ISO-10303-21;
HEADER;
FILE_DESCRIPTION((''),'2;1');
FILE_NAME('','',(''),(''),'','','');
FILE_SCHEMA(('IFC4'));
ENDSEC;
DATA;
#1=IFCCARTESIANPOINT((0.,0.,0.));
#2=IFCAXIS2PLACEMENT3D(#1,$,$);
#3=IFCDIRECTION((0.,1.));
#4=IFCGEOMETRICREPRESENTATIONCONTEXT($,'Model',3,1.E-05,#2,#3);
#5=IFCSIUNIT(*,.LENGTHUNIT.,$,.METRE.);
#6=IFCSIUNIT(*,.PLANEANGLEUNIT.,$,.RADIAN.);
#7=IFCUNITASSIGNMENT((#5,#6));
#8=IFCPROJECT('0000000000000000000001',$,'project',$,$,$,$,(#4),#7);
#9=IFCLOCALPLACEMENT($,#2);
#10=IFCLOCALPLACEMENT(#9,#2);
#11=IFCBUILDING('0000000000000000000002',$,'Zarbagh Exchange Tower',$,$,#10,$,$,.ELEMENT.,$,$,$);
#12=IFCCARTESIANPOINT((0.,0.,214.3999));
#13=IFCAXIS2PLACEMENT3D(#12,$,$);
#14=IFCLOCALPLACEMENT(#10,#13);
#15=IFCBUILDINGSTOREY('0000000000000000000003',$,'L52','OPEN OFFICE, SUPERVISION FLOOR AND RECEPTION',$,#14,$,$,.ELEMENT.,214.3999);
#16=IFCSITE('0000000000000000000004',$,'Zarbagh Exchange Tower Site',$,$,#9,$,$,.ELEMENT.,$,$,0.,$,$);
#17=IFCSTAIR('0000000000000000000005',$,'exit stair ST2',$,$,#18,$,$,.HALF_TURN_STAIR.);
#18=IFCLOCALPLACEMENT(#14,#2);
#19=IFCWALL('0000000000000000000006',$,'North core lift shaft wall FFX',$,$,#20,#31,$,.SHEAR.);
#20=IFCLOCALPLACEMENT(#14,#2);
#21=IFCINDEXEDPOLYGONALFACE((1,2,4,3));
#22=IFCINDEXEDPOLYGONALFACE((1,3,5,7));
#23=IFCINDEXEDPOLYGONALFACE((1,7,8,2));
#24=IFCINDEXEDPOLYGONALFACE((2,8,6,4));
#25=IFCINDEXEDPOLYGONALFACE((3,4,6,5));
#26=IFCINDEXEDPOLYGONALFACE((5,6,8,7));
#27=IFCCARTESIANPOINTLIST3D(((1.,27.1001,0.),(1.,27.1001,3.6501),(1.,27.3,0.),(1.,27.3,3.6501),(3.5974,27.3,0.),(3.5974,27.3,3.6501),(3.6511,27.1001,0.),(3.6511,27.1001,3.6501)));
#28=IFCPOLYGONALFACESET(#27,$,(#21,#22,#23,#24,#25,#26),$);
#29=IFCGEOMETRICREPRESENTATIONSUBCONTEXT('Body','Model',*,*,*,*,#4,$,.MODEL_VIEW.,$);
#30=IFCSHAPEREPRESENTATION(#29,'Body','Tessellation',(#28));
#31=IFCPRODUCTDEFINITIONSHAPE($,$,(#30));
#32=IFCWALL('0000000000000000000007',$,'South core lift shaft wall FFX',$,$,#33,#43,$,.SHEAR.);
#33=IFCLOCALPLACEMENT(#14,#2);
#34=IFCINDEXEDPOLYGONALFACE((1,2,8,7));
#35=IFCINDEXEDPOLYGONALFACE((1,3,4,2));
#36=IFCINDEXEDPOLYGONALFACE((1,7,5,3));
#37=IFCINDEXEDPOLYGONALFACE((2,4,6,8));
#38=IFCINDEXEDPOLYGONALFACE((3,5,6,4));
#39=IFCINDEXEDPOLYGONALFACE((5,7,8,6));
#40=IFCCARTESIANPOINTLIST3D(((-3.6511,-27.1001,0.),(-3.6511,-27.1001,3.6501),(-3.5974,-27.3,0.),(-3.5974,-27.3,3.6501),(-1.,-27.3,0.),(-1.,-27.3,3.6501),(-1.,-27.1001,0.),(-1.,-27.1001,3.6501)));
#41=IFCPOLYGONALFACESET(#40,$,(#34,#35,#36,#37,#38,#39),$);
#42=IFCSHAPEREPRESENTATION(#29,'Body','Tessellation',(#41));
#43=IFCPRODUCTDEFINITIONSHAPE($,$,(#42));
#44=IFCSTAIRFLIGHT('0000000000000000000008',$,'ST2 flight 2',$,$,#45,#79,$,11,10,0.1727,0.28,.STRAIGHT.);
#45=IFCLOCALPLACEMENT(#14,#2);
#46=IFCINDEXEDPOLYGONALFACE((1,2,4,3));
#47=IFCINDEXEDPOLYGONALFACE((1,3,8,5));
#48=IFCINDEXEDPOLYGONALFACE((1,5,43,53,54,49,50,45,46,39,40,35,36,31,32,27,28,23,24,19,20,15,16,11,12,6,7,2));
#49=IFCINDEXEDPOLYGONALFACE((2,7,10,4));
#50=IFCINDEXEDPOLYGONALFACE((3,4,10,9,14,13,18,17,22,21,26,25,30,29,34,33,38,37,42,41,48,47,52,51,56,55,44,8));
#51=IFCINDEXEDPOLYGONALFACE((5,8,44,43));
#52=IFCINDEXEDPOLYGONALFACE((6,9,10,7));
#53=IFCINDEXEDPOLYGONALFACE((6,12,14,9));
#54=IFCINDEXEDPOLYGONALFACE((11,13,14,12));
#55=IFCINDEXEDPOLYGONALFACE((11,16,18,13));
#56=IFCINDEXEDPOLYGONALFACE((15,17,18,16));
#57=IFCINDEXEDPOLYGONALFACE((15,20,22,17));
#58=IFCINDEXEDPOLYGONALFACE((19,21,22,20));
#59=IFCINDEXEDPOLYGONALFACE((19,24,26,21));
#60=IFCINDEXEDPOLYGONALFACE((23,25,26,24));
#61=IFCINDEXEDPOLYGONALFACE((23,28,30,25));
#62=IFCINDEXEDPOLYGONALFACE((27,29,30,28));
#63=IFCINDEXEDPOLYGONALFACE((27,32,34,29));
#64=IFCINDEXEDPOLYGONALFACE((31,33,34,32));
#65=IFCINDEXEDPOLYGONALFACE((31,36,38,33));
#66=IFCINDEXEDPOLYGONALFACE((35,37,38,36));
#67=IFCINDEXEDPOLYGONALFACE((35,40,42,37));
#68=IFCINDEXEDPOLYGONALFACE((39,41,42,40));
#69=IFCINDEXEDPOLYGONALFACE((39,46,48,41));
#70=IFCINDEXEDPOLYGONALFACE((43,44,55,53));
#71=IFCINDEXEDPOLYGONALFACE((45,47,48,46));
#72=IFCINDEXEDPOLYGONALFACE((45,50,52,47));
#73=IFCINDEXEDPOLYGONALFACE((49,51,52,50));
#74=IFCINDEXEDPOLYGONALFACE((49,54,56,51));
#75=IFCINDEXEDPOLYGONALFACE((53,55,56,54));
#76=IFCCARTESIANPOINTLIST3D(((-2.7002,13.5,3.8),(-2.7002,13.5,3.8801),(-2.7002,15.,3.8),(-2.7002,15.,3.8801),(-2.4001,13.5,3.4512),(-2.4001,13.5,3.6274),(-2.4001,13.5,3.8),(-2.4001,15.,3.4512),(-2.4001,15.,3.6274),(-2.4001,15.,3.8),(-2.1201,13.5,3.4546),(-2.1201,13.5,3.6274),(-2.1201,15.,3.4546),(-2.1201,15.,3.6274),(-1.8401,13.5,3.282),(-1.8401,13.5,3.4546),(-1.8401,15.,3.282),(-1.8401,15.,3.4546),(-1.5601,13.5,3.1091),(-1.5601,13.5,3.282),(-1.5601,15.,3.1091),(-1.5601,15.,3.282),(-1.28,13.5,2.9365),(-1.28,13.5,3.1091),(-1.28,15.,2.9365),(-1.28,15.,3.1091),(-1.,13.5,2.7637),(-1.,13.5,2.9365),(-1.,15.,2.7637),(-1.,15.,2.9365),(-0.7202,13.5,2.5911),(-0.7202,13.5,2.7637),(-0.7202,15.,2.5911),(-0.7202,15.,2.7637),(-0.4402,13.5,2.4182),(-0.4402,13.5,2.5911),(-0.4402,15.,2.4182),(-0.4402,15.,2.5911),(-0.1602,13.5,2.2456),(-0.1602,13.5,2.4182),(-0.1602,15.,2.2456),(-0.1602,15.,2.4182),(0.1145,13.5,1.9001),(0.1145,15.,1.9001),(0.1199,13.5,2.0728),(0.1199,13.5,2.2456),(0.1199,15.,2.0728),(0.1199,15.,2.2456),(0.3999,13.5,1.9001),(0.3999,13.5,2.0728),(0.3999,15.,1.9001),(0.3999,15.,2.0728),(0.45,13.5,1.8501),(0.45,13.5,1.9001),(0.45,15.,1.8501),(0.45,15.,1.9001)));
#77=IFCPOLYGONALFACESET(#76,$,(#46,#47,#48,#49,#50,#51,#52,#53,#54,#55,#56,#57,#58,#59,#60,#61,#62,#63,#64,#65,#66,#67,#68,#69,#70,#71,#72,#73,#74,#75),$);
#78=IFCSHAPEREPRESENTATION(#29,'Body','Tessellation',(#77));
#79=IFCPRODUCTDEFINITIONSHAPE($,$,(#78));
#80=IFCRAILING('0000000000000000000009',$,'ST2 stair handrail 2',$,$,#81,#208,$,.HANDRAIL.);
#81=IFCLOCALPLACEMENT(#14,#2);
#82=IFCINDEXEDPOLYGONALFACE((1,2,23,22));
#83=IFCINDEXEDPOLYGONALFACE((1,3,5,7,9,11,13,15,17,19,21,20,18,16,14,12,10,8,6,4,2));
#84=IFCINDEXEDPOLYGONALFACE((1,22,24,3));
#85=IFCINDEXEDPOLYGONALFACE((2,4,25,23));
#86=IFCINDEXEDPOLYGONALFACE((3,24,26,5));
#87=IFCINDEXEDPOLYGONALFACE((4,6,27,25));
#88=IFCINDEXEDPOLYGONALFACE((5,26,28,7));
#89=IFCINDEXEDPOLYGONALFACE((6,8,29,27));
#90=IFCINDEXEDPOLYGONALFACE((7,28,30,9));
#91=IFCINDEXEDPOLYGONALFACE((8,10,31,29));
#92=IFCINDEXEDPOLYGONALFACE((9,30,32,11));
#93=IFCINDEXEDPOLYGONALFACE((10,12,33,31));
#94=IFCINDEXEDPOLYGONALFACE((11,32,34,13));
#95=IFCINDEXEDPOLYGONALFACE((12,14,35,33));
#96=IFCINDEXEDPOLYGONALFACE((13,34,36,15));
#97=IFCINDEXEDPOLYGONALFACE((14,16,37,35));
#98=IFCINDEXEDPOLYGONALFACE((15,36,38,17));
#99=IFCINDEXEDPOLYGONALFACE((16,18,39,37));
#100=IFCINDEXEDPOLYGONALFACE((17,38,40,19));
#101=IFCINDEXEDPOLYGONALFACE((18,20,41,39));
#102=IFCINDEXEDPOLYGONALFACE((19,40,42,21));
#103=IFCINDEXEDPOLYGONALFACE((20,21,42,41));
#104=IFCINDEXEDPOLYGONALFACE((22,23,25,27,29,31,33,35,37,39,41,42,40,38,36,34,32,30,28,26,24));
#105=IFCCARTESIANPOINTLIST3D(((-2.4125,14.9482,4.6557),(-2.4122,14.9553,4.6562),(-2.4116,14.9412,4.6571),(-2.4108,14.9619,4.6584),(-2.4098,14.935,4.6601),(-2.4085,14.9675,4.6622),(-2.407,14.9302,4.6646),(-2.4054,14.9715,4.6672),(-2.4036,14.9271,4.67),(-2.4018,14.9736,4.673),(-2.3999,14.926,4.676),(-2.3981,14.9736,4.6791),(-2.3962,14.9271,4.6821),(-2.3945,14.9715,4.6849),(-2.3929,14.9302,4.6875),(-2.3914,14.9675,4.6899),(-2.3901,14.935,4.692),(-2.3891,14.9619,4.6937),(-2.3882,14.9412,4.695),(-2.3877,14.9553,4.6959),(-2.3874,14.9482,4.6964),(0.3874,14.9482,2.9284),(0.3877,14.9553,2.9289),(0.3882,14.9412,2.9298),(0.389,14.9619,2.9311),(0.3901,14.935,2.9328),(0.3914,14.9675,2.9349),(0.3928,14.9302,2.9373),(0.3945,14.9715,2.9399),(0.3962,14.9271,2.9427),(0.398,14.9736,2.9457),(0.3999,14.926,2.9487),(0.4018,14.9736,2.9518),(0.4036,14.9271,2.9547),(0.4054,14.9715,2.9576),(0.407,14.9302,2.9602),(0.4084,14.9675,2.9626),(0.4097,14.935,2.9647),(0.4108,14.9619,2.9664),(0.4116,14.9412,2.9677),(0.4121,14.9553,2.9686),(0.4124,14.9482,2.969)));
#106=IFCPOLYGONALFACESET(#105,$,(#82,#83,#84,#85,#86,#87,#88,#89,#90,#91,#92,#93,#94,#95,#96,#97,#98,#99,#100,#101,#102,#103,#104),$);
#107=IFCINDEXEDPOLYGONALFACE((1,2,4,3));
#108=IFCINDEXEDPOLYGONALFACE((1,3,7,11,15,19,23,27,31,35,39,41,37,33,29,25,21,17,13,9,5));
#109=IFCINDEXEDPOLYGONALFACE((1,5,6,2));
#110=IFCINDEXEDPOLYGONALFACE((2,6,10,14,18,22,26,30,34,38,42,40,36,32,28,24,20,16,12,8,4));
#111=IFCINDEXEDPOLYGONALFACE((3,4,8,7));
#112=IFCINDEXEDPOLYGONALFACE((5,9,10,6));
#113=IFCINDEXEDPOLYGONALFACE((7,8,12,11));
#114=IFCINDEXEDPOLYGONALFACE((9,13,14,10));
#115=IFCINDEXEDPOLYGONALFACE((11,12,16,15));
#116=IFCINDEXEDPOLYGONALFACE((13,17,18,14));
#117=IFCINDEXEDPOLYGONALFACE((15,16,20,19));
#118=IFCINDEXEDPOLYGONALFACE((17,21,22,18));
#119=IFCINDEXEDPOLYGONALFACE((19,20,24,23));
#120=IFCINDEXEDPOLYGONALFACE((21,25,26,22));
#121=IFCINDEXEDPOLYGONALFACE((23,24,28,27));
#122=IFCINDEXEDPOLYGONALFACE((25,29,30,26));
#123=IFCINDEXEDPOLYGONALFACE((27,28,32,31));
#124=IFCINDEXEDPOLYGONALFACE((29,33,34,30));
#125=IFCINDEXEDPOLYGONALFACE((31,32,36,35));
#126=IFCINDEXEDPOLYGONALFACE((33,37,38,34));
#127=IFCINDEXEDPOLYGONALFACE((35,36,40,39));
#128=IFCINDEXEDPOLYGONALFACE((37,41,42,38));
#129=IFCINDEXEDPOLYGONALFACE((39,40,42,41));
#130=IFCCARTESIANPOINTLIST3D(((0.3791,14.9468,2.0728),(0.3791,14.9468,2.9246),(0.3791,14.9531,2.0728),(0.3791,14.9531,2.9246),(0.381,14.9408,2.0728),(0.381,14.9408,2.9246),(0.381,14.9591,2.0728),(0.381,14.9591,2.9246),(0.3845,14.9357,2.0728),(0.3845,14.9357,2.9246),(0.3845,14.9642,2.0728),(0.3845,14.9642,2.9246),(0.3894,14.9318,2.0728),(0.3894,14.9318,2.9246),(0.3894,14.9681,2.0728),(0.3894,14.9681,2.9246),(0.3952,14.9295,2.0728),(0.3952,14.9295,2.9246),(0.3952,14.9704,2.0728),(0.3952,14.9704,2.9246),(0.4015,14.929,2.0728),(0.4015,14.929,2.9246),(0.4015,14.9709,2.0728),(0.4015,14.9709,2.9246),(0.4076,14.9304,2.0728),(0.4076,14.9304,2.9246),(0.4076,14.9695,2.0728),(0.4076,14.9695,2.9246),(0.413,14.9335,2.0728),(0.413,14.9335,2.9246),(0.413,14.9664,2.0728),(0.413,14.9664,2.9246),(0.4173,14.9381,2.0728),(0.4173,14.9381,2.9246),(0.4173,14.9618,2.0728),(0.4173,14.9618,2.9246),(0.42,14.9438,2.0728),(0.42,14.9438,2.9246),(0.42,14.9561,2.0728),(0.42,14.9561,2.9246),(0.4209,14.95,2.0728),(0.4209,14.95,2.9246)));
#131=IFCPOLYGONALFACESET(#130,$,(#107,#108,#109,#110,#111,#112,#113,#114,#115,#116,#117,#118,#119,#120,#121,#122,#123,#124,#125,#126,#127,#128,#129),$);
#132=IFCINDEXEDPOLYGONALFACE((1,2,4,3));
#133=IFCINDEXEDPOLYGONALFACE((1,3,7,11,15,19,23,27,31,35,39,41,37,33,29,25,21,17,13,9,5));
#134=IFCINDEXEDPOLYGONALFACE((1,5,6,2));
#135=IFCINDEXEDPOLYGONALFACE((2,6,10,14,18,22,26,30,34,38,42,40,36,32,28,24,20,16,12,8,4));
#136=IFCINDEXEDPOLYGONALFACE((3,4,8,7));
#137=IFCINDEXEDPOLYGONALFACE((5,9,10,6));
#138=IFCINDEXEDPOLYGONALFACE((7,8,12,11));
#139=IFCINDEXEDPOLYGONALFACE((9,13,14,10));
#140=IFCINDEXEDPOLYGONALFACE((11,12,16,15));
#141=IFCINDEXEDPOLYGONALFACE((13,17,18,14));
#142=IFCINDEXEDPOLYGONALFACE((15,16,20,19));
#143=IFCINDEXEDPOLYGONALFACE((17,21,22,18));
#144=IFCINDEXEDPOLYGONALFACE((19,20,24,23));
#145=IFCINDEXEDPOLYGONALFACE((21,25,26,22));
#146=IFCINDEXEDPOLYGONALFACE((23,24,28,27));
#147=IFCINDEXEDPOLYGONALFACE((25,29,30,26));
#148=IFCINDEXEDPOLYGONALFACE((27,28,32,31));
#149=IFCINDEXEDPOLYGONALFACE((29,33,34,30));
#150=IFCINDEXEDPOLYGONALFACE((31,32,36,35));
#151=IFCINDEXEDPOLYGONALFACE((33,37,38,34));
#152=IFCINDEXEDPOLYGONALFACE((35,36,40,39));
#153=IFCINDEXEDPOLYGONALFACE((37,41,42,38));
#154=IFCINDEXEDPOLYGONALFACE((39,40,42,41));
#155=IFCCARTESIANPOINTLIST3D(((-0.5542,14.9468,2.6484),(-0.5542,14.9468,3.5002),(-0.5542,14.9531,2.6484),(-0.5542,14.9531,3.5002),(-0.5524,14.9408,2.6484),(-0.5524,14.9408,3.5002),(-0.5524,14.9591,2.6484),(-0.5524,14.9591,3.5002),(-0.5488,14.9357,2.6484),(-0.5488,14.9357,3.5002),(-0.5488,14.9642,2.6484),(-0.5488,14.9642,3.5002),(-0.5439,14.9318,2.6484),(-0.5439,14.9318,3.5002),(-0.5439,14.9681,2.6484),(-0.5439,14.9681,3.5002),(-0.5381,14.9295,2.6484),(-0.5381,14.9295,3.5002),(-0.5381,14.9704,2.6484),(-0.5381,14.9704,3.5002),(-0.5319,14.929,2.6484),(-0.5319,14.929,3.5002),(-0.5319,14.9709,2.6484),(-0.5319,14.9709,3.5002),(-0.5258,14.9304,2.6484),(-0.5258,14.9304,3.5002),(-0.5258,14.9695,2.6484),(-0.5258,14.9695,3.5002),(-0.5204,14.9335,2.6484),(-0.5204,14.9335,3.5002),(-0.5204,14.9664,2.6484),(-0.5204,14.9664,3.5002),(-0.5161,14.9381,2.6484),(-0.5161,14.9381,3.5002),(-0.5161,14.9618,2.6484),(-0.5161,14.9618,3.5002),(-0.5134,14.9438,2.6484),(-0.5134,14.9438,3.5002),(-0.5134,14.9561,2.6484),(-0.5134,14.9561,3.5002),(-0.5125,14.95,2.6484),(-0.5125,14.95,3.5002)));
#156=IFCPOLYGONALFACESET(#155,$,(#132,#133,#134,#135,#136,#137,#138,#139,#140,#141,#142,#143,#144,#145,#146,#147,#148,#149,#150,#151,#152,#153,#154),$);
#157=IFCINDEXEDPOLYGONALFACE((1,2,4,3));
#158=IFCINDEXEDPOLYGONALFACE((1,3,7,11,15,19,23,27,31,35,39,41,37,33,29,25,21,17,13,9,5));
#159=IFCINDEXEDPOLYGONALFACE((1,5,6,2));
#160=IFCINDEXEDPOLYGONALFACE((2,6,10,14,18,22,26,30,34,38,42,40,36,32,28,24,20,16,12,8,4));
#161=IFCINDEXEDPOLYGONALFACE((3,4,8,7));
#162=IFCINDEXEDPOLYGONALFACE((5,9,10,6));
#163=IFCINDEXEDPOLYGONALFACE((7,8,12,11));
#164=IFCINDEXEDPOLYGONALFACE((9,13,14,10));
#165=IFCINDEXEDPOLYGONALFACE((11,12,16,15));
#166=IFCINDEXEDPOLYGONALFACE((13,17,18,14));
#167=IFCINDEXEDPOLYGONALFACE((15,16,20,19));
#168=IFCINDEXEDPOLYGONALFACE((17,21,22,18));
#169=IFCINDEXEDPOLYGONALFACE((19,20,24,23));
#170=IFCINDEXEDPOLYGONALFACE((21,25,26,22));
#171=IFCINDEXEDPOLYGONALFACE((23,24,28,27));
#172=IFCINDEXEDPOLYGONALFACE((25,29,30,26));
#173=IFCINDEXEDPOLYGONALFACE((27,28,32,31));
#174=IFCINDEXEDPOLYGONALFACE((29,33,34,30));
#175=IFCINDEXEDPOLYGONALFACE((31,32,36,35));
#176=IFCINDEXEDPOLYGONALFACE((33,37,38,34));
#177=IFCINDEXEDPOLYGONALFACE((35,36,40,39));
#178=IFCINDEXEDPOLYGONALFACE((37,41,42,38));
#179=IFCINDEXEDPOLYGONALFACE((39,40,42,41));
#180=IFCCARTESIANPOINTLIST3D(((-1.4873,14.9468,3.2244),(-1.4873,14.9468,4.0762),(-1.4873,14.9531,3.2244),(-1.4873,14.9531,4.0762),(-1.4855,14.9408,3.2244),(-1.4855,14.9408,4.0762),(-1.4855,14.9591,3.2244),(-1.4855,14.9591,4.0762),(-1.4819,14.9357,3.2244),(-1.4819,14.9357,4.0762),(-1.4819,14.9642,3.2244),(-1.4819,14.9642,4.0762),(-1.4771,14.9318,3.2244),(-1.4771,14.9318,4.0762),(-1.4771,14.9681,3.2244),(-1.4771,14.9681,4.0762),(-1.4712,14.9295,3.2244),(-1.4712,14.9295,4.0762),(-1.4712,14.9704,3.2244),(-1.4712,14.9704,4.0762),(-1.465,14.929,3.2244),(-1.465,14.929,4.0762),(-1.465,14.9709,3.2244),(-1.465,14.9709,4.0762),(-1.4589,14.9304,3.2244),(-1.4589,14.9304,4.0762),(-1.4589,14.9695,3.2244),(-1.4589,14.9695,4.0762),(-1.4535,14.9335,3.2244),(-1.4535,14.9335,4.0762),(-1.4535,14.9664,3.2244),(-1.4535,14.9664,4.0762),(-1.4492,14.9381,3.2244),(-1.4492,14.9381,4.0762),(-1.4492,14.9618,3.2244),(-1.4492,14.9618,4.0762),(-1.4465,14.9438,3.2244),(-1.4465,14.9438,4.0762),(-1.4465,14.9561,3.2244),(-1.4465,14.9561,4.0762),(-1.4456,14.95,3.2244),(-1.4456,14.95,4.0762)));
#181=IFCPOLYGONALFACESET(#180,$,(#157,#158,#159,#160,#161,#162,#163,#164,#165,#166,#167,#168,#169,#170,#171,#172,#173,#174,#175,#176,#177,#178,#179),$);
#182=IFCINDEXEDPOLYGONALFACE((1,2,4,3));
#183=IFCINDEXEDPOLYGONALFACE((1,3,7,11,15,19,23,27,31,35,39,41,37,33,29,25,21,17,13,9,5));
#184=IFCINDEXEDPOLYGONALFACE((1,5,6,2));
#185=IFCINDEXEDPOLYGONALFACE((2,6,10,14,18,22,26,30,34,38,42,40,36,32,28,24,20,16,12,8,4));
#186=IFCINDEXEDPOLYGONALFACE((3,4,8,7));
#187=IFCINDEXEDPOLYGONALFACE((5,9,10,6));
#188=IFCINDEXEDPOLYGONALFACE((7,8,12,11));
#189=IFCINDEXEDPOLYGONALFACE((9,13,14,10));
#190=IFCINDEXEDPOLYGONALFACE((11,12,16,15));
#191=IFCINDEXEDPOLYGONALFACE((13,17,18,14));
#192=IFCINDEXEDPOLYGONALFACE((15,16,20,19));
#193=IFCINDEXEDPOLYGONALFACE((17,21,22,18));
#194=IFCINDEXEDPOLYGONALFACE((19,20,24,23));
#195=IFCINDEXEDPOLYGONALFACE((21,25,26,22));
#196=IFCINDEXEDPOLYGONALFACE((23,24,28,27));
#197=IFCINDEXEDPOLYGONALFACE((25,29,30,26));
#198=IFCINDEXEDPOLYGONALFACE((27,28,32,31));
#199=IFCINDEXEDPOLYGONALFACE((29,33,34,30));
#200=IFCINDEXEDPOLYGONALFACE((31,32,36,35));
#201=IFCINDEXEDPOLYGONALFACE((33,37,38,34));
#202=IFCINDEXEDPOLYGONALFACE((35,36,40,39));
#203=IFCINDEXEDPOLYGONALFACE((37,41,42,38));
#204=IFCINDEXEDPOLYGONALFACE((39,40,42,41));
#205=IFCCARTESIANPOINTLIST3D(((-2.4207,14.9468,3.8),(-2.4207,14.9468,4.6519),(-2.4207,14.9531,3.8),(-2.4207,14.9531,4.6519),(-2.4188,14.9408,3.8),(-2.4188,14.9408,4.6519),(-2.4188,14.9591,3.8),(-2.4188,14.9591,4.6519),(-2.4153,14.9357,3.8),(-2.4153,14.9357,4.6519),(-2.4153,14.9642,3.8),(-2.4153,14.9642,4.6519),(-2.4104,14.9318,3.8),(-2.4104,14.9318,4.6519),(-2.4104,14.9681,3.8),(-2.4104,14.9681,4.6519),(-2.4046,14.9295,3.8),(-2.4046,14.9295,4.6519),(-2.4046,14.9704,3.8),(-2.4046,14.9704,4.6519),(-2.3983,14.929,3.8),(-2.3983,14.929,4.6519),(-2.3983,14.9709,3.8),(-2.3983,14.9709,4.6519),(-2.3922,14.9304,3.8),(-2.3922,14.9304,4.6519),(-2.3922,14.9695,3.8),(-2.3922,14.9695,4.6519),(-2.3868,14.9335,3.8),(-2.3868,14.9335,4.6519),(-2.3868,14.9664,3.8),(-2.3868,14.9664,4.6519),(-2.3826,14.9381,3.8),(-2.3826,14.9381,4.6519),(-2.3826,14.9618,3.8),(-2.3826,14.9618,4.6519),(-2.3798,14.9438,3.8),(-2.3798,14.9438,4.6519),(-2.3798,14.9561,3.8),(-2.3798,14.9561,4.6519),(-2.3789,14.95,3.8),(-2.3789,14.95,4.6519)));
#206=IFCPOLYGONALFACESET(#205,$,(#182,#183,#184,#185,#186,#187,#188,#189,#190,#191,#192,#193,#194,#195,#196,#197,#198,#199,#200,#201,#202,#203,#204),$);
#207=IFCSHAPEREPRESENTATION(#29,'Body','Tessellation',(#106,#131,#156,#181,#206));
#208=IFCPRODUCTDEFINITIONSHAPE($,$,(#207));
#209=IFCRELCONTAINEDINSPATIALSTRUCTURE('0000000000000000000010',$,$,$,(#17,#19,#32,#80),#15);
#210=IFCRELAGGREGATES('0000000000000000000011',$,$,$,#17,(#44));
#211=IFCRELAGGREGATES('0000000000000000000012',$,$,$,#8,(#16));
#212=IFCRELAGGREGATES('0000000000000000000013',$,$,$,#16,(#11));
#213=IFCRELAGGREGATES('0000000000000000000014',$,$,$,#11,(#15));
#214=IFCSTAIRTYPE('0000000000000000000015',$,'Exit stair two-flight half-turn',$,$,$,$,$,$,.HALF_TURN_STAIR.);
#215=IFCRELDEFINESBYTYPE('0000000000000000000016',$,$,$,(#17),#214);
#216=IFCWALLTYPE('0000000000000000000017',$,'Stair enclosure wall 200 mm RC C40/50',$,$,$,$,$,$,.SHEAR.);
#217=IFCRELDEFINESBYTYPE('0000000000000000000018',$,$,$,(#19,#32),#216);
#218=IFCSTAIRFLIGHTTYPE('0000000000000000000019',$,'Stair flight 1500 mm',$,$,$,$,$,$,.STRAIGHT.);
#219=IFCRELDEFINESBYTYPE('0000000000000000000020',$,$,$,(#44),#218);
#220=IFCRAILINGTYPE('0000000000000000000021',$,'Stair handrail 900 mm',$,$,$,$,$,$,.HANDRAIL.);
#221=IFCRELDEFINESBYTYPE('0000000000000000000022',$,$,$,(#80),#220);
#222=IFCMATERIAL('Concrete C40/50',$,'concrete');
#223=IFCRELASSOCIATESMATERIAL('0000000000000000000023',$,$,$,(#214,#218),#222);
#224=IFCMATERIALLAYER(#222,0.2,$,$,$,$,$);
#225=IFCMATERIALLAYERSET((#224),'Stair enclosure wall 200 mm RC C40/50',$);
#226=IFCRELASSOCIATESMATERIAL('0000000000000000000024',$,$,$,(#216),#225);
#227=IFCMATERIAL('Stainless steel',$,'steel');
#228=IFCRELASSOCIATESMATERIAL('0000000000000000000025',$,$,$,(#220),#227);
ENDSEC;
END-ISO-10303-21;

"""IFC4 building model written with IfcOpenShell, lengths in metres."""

from ifc_helpers import new_model, si_unit, direction, frame, origin, origin_2d, place, context, subcontext, project, spatial, polyline, circle, outline, extrude, material, layer, layer_set, type_object, element, aggregate, save


model = new_model("IFC4")

# Units and contexts
model_context = context("Model", 3, precision=1e-05, world=origin(), true_north=direction((0.0, 1.0)))
body_context = subcontext(model_context, "Body", "Model", "MODEL_VIEW")
ifc_project = project(units=[si_unit("LENGTHUNIT", "METRE"), si_unit("PLANEANGLEUNIT", "RADIAN")], contexts=[model_context])

# Site, building, storey
site_placement = place(None, origin())
site = spatial("IfcSite", under=ifc_project, at=site_placement, Name="Zarbagh Exchange Tower Site", CompositionType="ELEMENT", RefElevation=0.0)
building_placement = place(site_placement, origin())
building = spatial("IfcBuilding", under=site, at=building_placement, Name="Zarbagh Exchange Tower", CompositionType="ELEMENT")
storey_placement = place(building_placement, frame((0.0, 0.0, 214.3999)))
storey = spatial("IfcBuildingStorey", under=building, at=storey_placement, Name="L52", Description="OPEN OFFICE, SUPERVISION FLOOR AND RECEPTION", CompositionType="ELEMENT", Elevation=214.3999)

# Stair
ifc_material_1 = material(Name="Concrete C40/50", Category="concrete")
stair_type = type_object("IfcStairType", Name="Exit stair two-flight half-turn", PredefinedType="HALF_TURN_STAIR", material=ifc_material_1)
stair_1_placement = place(storey_placement, origin())
stair_1 = element("IfcStair", 1, at=stair_1_placement, inside=storey, type_object=stair_type, Name="exit stair ST2", PredefinedType="HALF_TURN_STAIR")

# Shared definitions
ifc_layer_1 = layer(ifc_material_1, 0.2)
ifc_layer_set_1 = layer_set([ifc_layer_1], Name="Stair enclosure wall 200 mm RC C40/50")
wall_type_1 = type_object("IfcWallType", Name="Stair enclosure wall 200 mm RC C40/50", PredefinedType="SHEAR", material=ifc_layer_set_1)
ifc_material_2 = material(Name="Stainless steel", Category="steel")

# Walls
wall_1_placement = place(storey_placement, origin())
element("IfcWall", 2, at=wall_1_placement, inside=storey, type_object=wall_type_1, Name="North core lift shaft wall FFX", PredefinedType="SHEAR", context=body_context, shape_type="SweptSolid", body=[
    extrude(outline(polyline([(1.0, 27.1001), (3.6511, 27.1001), (3.5974, 27.3), (1.0, 27.3), (1.0, 27.1001)])), origin(), (0.0, 0.0, 1.0), 3.6501),
])
wall_2_placement = place(storey_placement, origin())
element("IfcWall", 3, at=wall_2_placement, inside=storey, type_object=wall_type_1, Name="South core lift shaft wall FFX", PredefinedType="SHEAR", context=body_context, shape_type="SweptSolid", body=[
    extrude(outline(polyline([(-1.0, -27.1001), (-3.6511, -27.1001), (-3.5974, -27.3), (-1.0, -27.3), (-1.0, -27.1001)])), origin(), (0.0, 0.0, 1.0), 3.6501),
])

# Stair flight
stair_flight_type = type_object("IfcStairFlightType", Name="Stair flight 1500 mm", PredefinedType="STRAIGHT", material=ifc_material_1)
stair_flight_placement = place(storey_placement, frame((0.3999, 14.25, 1.9001), z_axis=(0.0, 0.0, 1.0), x_axis=(-1.0, 0.0, 0.0)))
stair_flight = element("IfcStairFlight", 4, at=stair_flight_placement, type_object=stair_flight_type, Name="ST2 flight 2", NumberOfRisers=11, NumberOfTreads=10, PredefinedType="STRAIGHT", RiserHeight=0.1727, TreadLength=0.28, context=body_context, shape_type="SweptSolid", body=[
    extrude(outline(polyline([(-0.05, -0.05), (-0.05, 0.0), (0.0, 0.0), (0.0, 0.1726), (0.28, 0.1726), (0.28, 0.3455), (0.5601, 0.3455), (0.5601, 0.5181), (0.8401, 0.5181), (0.8401, 0.6909), (1.1201, 0.6909), (1.1201, 0.8635), (1.3999, 0.8635), (1.3999, 1.0364), (1.6799, 1.0364), (1.6799, 1.209), (1.96, 1.209), (1.96, 1.3818), (2.24, 1.3818), (2.24, 1.5544), (2.52, 1.5544), (2.52, 1.7273), (2.8, 1.7273), (2.8, 1.8999), (3.1001, 1.98), (3.1001, 1.8999), (2.8, 1.551), (0.2854, 0.0), (-0.05, -0.05)])), frame((0.0, 0.75, 0.0), z_axis=(0.0, -1.0, 0.0), x_axis=(1.0, 0.0, 0.0)), (0.0, 0.0, 1.0), 1.5),
])
aggregate(stair_1, [stair_flight])

# Railing
railing_type = type_object("IfcRailingType", Name="Stair handrail 900 mm", PredefinedType="HANDRAIL", material=ifc_material_2)
railing_placement = place(storey_placement, frame((0.3999, 14.95, 2.0728)))
element("IfcRailing", 5, at=railing_placement, inside=storey, type_object=railing_type, Name="ST2 stair handrail 2", PredefinedType="HANDRAIL", context=body_context, shape_type="SweptSolid", body=[
    extrude(circle(Radius=0.0239, at=origin_2d()), frame((0.0, 0.0, 0.876), z_axis=(-0.851069, 0.0, 0.525054), x_axis=(0.0, -1.0, 0.0)), (0.0, 0.0, 1.0), 3.2898),
    extrude(circle(Radius=0.021, at=origin_2d()), origin(), (0.0, 0.0, 1.0), 0.8518),
    extrude(circle(Radius=0.021, at=origin_2d()), frame((-0.9333, 0.0, 0.5757)), (0.0, 0.0, 1.0), 0.8518),
    extrude(circle(Radius=0.021, at=origin_2d()), frame((-1.8665, 0.0, 1.1516)), (0.0, 0.0, 1.0), 0.8518),
    extrude(circle(Radius=0.021, at=origin_2d()), frame((-2.7998, 0.0, 1.7273)), (0.0, 0.0, 1.0), 0.8518),
])

save(model, "model.ifc")
